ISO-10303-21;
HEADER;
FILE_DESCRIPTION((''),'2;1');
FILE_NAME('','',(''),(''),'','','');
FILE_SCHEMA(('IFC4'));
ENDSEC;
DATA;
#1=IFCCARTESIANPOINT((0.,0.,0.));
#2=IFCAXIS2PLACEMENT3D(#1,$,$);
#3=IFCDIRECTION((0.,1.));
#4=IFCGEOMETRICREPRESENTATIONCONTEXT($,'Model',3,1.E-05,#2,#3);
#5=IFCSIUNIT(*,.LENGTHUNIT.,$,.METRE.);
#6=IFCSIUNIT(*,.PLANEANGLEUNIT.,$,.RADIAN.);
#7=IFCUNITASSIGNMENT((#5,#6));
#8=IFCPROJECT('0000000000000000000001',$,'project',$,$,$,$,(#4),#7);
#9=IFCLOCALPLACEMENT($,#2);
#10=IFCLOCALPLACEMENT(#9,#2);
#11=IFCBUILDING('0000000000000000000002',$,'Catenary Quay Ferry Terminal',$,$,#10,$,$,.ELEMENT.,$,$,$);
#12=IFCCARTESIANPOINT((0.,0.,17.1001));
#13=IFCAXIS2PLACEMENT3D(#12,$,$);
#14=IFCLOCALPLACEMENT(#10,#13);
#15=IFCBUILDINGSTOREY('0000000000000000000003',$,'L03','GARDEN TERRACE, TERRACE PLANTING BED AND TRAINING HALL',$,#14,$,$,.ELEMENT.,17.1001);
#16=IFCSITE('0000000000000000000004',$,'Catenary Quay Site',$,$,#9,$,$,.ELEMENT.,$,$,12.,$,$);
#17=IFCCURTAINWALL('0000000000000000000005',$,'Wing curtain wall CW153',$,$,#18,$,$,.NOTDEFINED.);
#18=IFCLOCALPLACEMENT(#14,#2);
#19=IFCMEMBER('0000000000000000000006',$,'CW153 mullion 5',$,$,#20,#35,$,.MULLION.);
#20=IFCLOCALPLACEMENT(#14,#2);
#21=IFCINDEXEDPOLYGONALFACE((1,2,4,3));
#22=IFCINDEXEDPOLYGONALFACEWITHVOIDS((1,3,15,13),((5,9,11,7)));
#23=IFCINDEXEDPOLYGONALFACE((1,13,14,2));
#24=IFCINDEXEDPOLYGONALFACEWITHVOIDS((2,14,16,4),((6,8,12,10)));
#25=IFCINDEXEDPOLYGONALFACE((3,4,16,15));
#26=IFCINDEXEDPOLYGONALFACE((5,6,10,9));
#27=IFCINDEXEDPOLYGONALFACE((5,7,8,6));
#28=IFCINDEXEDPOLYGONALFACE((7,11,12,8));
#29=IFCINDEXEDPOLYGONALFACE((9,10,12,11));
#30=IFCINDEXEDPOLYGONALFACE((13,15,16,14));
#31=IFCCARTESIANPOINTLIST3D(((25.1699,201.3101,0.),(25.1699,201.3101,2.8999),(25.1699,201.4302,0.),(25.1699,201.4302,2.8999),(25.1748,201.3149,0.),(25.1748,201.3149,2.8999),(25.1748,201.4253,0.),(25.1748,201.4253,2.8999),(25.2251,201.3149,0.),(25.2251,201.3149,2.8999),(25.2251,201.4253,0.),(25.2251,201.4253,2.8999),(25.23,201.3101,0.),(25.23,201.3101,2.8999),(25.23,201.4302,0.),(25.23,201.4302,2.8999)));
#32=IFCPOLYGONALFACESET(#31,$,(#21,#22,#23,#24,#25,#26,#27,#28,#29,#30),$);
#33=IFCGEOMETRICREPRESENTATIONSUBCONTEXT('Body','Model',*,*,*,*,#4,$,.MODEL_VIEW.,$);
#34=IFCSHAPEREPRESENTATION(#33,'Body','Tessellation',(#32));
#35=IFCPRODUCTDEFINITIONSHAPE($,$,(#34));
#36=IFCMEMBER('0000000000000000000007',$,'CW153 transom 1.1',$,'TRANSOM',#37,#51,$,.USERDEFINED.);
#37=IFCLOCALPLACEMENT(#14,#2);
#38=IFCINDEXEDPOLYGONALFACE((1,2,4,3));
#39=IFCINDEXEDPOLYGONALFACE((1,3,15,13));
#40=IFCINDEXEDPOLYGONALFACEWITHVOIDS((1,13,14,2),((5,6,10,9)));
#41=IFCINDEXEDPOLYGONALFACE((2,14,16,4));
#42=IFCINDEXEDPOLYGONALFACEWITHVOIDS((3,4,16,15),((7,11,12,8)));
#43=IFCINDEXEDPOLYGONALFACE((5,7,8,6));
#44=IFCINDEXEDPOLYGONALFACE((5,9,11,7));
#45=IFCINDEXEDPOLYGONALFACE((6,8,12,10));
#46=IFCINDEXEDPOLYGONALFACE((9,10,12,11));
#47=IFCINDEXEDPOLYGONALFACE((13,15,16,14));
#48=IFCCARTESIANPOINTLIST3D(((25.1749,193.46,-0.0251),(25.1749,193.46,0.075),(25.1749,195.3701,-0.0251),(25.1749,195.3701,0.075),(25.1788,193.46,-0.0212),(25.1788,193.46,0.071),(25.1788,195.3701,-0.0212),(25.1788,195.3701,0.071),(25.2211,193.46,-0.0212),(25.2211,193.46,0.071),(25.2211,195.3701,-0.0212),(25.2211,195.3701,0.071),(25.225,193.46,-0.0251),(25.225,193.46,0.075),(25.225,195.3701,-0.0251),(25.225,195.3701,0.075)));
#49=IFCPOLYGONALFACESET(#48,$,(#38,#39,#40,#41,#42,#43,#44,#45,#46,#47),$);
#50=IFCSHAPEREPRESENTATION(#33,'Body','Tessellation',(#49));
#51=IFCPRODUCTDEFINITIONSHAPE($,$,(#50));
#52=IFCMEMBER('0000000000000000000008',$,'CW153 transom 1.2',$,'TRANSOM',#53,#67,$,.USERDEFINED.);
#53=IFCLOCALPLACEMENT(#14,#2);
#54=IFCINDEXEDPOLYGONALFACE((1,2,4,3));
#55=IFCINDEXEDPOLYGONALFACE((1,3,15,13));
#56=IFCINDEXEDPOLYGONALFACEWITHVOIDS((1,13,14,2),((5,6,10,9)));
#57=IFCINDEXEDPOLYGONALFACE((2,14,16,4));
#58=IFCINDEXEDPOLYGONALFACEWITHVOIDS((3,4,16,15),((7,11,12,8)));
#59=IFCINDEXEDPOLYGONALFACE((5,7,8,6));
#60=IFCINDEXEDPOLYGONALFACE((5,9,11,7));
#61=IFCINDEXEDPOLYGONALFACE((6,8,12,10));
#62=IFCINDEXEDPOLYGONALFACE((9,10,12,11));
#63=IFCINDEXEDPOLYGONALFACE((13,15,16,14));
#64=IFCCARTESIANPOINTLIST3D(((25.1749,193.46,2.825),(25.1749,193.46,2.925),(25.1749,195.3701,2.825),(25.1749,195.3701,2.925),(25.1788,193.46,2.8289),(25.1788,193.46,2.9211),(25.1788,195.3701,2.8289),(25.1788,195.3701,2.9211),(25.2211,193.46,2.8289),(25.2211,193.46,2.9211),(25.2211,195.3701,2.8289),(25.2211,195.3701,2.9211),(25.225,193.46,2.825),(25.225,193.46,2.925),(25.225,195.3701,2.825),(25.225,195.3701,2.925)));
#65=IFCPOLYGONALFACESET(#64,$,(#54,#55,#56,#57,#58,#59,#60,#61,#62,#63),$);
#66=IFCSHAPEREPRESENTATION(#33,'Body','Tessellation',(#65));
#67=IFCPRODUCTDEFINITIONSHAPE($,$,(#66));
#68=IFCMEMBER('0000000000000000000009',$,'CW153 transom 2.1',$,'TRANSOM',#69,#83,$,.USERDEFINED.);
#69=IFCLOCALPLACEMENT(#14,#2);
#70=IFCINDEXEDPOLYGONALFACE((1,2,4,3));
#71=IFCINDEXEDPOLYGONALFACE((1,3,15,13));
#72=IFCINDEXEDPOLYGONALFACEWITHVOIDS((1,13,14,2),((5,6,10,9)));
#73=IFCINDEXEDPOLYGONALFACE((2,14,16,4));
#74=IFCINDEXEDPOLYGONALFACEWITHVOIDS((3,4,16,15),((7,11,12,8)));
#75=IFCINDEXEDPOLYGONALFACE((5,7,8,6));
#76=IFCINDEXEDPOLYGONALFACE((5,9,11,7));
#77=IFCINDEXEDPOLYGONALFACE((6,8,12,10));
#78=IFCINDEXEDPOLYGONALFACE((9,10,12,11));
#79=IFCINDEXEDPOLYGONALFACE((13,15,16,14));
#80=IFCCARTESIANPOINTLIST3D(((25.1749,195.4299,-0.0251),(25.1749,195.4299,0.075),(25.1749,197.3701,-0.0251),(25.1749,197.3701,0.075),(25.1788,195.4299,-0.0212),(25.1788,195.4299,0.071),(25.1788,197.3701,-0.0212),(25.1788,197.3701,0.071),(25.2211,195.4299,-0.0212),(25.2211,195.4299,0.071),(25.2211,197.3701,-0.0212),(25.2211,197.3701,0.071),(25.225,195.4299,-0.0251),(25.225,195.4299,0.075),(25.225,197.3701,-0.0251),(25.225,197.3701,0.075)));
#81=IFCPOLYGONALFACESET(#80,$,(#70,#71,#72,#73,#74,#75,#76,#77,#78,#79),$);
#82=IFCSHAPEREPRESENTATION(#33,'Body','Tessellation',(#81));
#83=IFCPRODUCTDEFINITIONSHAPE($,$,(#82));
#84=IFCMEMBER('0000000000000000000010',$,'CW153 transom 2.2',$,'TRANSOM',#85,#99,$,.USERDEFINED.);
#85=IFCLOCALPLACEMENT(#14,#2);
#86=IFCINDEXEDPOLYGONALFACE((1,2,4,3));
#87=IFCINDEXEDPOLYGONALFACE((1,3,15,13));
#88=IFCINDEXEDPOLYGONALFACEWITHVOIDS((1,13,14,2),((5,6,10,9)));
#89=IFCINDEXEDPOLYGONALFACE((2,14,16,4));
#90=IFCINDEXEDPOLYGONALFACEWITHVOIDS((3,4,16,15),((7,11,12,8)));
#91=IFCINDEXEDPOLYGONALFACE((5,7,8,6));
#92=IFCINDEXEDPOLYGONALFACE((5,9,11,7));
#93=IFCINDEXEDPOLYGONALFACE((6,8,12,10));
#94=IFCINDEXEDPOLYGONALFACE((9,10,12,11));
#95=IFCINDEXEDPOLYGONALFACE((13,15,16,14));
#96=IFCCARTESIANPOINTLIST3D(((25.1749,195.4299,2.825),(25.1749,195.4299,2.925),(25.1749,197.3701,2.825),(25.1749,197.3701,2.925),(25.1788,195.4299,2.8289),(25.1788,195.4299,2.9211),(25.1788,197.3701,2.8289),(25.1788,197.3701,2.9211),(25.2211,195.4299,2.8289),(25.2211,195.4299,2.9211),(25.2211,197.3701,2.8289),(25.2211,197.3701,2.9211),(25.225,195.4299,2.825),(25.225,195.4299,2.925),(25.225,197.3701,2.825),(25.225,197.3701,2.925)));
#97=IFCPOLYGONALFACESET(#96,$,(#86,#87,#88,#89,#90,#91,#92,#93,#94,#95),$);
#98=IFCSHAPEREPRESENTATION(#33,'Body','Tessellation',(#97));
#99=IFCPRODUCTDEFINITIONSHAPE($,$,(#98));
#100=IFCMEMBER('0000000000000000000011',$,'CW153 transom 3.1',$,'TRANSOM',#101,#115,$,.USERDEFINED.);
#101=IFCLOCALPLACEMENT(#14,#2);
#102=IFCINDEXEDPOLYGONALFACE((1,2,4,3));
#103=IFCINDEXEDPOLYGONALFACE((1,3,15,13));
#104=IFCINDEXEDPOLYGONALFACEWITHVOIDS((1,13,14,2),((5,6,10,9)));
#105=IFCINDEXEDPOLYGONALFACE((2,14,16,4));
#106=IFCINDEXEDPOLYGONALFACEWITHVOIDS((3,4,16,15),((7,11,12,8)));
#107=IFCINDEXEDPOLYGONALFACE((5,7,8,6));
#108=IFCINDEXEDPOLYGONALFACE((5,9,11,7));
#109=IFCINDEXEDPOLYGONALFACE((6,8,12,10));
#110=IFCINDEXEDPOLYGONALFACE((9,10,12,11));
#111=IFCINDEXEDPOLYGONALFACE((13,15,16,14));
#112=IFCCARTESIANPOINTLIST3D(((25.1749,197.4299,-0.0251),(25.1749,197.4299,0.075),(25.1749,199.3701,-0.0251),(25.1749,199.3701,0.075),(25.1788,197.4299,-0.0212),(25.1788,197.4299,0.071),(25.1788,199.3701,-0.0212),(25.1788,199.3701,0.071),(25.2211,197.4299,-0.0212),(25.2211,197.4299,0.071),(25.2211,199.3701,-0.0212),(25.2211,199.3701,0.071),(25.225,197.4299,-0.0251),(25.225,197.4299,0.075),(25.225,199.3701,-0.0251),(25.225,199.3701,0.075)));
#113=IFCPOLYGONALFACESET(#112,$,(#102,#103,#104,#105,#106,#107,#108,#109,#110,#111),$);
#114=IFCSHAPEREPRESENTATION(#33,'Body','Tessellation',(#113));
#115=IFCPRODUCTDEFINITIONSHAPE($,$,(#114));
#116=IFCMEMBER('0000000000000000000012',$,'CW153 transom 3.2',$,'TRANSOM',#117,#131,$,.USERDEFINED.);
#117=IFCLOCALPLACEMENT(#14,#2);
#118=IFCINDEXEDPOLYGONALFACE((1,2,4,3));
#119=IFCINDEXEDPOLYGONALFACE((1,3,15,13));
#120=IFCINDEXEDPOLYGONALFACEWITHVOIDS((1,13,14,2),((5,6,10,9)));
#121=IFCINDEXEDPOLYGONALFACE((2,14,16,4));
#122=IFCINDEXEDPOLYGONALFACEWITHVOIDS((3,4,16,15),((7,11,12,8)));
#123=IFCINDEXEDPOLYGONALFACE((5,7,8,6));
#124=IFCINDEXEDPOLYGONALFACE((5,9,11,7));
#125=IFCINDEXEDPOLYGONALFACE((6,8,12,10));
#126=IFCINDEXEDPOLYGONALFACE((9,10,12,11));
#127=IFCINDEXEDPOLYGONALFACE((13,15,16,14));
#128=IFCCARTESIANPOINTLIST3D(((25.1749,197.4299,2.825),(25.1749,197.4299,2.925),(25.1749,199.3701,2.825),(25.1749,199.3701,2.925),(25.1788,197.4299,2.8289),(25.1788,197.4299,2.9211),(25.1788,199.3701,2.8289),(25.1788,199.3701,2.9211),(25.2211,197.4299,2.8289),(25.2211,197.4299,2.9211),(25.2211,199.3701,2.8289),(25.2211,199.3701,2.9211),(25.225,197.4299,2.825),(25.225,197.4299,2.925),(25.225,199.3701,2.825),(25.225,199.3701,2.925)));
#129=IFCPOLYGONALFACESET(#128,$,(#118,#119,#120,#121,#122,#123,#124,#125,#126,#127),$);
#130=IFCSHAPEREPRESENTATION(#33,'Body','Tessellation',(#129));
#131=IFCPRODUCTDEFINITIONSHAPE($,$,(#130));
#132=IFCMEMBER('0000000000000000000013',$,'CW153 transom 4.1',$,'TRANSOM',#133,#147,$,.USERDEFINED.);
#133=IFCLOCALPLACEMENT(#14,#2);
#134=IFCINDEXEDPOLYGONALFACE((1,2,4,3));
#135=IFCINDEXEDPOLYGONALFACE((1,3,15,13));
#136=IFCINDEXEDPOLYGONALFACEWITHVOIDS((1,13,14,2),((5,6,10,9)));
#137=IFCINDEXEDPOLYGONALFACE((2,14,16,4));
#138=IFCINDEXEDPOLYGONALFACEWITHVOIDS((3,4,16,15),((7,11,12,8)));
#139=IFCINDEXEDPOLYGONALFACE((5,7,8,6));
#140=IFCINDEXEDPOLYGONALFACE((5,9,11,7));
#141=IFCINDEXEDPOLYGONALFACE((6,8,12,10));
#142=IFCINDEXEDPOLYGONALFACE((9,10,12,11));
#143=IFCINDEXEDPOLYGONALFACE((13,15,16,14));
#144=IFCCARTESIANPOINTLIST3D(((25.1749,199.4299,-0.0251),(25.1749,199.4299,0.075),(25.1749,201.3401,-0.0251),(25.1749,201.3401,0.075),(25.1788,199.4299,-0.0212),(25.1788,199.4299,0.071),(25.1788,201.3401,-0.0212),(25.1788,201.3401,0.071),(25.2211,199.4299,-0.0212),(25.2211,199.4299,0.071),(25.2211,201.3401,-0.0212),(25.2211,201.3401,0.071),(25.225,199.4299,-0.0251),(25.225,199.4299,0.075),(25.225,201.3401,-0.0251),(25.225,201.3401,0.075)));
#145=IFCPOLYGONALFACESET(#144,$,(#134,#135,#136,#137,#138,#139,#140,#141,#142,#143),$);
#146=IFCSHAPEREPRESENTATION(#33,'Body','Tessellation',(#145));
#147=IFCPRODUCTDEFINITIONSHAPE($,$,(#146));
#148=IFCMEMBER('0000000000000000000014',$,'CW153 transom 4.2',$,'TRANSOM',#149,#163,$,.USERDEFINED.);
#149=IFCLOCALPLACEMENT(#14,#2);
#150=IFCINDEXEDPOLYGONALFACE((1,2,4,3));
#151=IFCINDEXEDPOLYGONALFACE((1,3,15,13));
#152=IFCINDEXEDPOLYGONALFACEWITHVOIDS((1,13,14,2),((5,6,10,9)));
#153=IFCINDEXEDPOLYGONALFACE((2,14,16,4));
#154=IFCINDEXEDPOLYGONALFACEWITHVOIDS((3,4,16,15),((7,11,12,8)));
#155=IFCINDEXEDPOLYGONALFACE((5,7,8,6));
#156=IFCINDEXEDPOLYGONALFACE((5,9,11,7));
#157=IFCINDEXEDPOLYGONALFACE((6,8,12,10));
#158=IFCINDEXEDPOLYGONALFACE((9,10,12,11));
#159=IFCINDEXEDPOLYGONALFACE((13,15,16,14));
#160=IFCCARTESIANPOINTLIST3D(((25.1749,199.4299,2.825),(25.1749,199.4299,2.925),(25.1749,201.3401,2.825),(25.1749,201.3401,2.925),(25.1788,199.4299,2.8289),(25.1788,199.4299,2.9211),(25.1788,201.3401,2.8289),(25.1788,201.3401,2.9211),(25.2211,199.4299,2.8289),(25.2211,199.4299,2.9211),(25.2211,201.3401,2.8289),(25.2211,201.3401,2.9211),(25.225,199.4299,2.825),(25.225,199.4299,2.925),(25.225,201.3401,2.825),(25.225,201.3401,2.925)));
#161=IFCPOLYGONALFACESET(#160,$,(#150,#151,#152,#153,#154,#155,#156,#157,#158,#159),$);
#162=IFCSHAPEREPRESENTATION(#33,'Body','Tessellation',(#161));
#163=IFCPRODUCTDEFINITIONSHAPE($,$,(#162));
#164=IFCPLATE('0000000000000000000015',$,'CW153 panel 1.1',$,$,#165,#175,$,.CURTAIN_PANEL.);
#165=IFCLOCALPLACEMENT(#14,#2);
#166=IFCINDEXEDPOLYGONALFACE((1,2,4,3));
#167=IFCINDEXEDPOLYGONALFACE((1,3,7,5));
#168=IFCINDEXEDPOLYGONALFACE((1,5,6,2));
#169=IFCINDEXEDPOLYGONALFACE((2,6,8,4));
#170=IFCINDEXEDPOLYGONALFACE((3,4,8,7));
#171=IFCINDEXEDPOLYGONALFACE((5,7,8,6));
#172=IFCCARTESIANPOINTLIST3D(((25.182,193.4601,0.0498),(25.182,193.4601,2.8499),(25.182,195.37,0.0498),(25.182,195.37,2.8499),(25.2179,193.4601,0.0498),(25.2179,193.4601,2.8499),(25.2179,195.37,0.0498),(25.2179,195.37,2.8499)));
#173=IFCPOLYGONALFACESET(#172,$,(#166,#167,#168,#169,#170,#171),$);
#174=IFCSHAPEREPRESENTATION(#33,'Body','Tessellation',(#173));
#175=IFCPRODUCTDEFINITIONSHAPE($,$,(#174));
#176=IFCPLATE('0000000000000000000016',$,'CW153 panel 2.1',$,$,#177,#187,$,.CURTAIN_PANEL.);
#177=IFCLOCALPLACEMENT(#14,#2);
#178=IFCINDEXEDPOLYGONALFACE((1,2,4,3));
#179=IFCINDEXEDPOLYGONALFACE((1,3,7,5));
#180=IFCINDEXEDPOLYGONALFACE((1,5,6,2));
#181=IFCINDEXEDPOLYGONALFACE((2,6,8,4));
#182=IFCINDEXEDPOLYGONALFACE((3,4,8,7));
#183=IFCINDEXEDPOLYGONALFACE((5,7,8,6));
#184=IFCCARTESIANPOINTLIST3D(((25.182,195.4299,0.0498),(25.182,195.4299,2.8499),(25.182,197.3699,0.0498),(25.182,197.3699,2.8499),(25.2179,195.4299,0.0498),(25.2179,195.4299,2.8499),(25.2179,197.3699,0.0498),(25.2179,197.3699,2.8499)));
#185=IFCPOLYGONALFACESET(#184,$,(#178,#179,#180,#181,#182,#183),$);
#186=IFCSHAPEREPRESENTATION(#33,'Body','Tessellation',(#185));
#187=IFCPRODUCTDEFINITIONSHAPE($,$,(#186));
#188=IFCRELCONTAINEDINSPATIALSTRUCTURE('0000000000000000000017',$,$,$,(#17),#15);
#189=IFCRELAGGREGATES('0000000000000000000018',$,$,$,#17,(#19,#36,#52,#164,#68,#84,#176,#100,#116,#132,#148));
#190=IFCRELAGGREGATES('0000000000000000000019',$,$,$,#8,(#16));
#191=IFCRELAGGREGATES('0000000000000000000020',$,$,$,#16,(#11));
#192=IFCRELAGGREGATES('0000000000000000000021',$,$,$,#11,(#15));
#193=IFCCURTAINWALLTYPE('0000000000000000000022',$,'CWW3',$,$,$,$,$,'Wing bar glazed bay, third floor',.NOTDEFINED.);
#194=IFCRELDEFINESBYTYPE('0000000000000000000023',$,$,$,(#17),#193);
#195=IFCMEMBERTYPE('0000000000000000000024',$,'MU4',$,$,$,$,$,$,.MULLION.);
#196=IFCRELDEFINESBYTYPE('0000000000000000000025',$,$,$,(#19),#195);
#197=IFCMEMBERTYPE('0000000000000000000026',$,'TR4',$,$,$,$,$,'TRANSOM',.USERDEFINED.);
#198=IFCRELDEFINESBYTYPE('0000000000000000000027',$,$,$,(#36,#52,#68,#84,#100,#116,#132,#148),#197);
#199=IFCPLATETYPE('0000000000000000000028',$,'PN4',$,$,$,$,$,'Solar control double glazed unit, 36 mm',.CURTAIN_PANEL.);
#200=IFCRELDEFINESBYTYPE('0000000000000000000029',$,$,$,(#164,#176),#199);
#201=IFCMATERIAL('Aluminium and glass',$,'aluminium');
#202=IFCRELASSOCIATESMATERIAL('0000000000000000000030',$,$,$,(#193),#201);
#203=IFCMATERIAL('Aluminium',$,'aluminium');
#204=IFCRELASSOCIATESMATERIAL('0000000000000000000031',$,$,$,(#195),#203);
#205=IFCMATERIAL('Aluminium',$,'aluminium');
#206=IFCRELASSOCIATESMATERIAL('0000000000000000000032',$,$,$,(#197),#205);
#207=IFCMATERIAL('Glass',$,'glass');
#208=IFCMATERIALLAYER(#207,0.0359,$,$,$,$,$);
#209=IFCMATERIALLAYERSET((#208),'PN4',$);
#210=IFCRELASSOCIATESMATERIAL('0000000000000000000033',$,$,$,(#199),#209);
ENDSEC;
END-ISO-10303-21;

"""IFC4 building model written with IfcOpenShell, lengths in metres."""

from ifc_helpers import new_model, si_unit, direction, frame, origin, origin_2d, place, context, subcontext, project, spatial, rectangle, hollow_rectangle, extrude, material, layer, layer_set, material_profile, profile_set, type_object, element, aggregate, save


model = new_model("IFC4")

# Units and contexts
model_context = context("Model", 3, precision=1e-05, world=origin(), true_north=direction((0.0, 1.0)))
body_context = subcontext(model_context, "Body", "Model", "MODEL_VIEW")
ifc_project = project(units=[si_unit("LENGTHUNIT", "METRE"), si_unit("PLANEANGLEUNIT", "RADIAN")], contexts=[model_context])

# Site, building, storey
site_placement = place(None, origin())
site = spatial("IfcSite", under=ifc_project, at=site_placement, Name="Catenary Quay Site", CompositionType="ELEMENT", RefElevation=12.0)
building_placement = place(site_placement, origin())
building = spatial("IfcBuilding", under=site, at=building_placement, Name="Catenary Quay Ferry Terminal", CompositionType="ELEMENT")
storey_placement = place(building_placement, frame((0.0, 0.0, 17.1001)))
storey = spatial("IfcBuildingStorey", under=building, at=storey_placement, Name="L03", Description="GARDEN TERRACE, TERRACE PLANTING BED AND TRAINING HALL", CompositionType="ELEMENT", Elevation=17.1001)

# Curtain wall, members, plates
ifc_material_1 = material(Name="Aluminium and glass", Category="aluminium")
curtain_wall_type = type_object("IfcCurtainWallType", Name="CWW3", ElementType="Wing bar glazed bay, third floor", PredefinedType="NOTDEFINED", material=ifc_material_1)
curtain_wall_placement = place(storey_placement, origin())
curtain_wall = element("IfcCurtainWall", 1, at=curtain_wall_placement, inside=storey, type_object=curtain_wall_type, Name="Wing curtain wall CW153", PredefinedType="NOTDEFINED")
ifc_material_2 = material(Name="Aluminium", Category="aluminium")
ifc_material_profile_1 = material_profile(ifc_material_2, hollow_rectangle(XDim=0.0601, YDim=0.1201, WallThickness=0.0049, at=origin_2d()), Name="MU4")
ifc_profile_set_1 = profile_set([ifc_material_profile_1], Name="Aluminium")
member_type_1 = type_object("IfcMemberType", Name="MU4", PredefinedType="MULLION", material=ifc_profile_set_1)
member_1_placement = place(storey_placement, frame((25.2, 201.3701, 0.0), z_axis=(0.0, 0.0, 1.0), x_axis=(-1.0, 0.0, 0.0)))
member_1 = element("IfcMember", 2, at=member_1_placement, type_object=member_type_1, Name="CW153 mullion 5", PredefinedType="MULLION", context=body_context, shape_type="SweptSolid", body=[
    extrude(hollow_rectangle(XDim=0.0601, YDim=0.1201, WallThickness=0.0049, at=origin_2d()), origin(), (0.0, 0.0, 1.0), 2.8999),
])
ifc_material_3 = material(Name="Aluminium", Category="aluminium")
ifc_material_profile_2 = material_profile(ifc_material_3, hollow_rectangle(XDim=0.05, YDim=0.1001, WallThickness=0.0039, at=origin_2d()), Name="TR4")
ifc_profile_set_2 = profile_set([ifc_material_profile_2], Name="Aluminium")
member_type_2 = type_object("IfcMemberType", Name="TR4", ElementType="TRANSOM", PredefinedType="USERDEFINED", material=ifc_profile_set_2)
member_2_placement = place(storey_placement, frame((25.2, 193.46, 0.0249), z_axis=(0.0, 1.0, 0.0), x_axis=(-1.0, 0.0, 0.0)))
member_2 = element("IfcMember", 3, at=member_2_placement, type_object=member_type_2, Name="CW153 transom 1.1", ObjectType="TRANSOM", PredefinedType="USERDEFINED", context=body_context, shape_type="SweptSolid", body=[
    extrude(hollow_rectangle(XDim=0.05, YDim=0.1001, WallThickness=0.0039, at=origin_2d()), origin(), (0.0, 0.0, 1.0), 1.9102),
])
member_3_placement = place(storey_placement, frame((25.2, 193.46, 2.875), z_axis=(0.0, 1.0, 0.0), x_axis=(-1.0, 0.0, 0.0)))
member_3 = element("IfcMember", 4, at=member_3_placement, type_object=member_type_2, Name="CW153 transom 1.2", ObjectType="TRANSOM", PredefinedType="USERDEFINED", context=body_context, shape_type="SweptSolid", body=[
    extrude(hollow_rectangle(XDim=0.05, YDim=0.1001, WallThickness=0.0039, at=origin_2d()), origin(), (0.0, 0.0, 1.0), 1.9102),
])
member_4_placement = place(storey_placement, frame((25.2, 195.4299, 0.0249), z_axis=(0.0, 1.0, 0.0), x_axis=(-1.0, 0.0, 0.0)))
member_4 = element("IfcMember", 5, at=member_4_placement, type_object=member_type_2, Name="CW153 transom 2.1", ObjectType="TRANSOM", PredefinedType="USERDEFINED", context=body_context, shape_type="SweptSolid", body=[
    extrude(hollow_rectangle(XDim=0.05, YDim=0.1001, WallThickness=0.0039, at=origin_2d()), origin(), (0.0, 0.0, 1.0), 1.9402),
])
member_5_placement = place(storey_placement, frame((25.2, 195.4299, 2.875), z_axis=(0.0, 1.0, 0.0), x_axis=(-1.0, 0.0, 0.0)))
member_5 = element("IfcMember", 6, at=member_5_placement, type_object=member_type_2, Name="CW153 transom 2.2", ObjectType="TRANSOM", PredefinedType="USERDEFINED", context=body_context, shape_type="SweptSolid", body=[
    extrude(hollow_rectangle(XDim=0.05, YDim=0.1001, WallThickness=0.0039, at=origin_2d()), origin(), (0.0, 0.0, 1.0), 1.9402),
])
member_6_placement = place(storey_placement, frame((25.2, 197.4299, 0.0249), z_axis=(0.0, 1.0, 0.0), x_axis=(-1.0, 0.0, 0.0)))
member_6 = element("IfcMember", 7, at=member_6_placement, type_object=member_type_2, Name="CW153 transom 3.1", ObjectType="TRANSOM", PredefinedType="USERDEFINED", context=body_context, shape_type="SweptSolid", body=[
    extrude(hollow_rectangle(XDim=0.05, YDim=0.1001, WallThickness=0.0039, at=origin_2d()), origin(), (0.0, 0.0, 1.0), 1.9402),
])
member_7_placement = place(storey_placement, frame((25.2, 197.4299, 2.875), z_axis=(0.0, 1.0, 0.0), x_axis=(-1.0, 0.0, 0.0)))
member_7 = element("IfcMember", 8, at=member_7_placement, type_object=member_type_2, Name="CW153 transom 3.2", ObjectType="TRANSOM", PredefinedType="USERDEFINED", context=body_context, shape_type="SweptSolid", body=[
    extrude(hollow_rectangle(XDim=0.05, YDim=0.1001, WallThickness=0.0039, at=origin_2d()), origin(), (0.0, 0.0, 1.0), 1.9402),
])
member_8_placement = place(storey_placement, frame((25.2, 199.4299, 0.0249), z_axis=(0.0, 1.0, 0.0), x_axis=(-1.0, 0.0, 0.0)))
member_8 = element("IfcMember", 9, at=member_8_placement, type_object=member_type_2, Name="CW153 transom 4.1", ObjectType="TRANSOM", PredefinedType="USERDEFINED", context=body_context, shape_type="SweptSolid", body=[
    extrude(hollow_rectangle(XDim=0.05, YDim=0.1001, WallThickness=0.0039, at=origin_2d()), origin(), (0.0, 0.0, 1.0), 1.9102),
])
member_9_placement = place(storey_placement, frame((25.2, 199.4299, 2.875), z_axis=(0.0, 1.0, 0.0), x_axis=(-1.0, 0.0, 0.0)))
member_9 = element("IfcMember", 10, at=member_9_placement, type_object=member_type_2, Name="CW153 transom 4.2", ObjectType="TRANSOM", PredefinedType="USERDEFINED", context=body_context, shape_type="SweptSolid", body=[
    extrude(hollow_rectangle(XDim=0.05, YDim=0.1001, WallThickness=0.0039, at=origin_2d()), origin(), (0.0, 0.0, 1.0), 1.9102),
])
ifc_material_4 = material(Name="Glass", Category="glass")
ifc_layer_1 = layer(ifc_material_4, 0.0359)
ifc_layer_set_1 = layer_set([ifc_layer_1], Name="PN4")
plate_type = type_object("IfcPlateType", Name="PN4", ElementType="Solar control double glazed unit, 36 mm", PredefinedType="CURTAIN_PANEL", material=ifc_layer_set_1)
plate_1_placement = place(storey_placement, frame((25.2, 194.415, 0.0498), z_axis=(0.0, 0.0, 1.0), x_axis=(0.0, 1.0, 0.0)))
plate_1 = element("IfcPlate", 11, at=plate_1_placement, type_object=plate_type, Name="CW153 panel 1.1", PredefinedType="CURTAIN_PANEL", context=body_context, shape_type="SweptSolid", body=[
    extrude(rectangle(XDim=1.9099, YDim=0.0359, at=origin_2d()), origin(), (0.0, 0.0, 1.0), 2.8),
])
plate_2_placement = place(storey_placement, frame((25.2, 196.3999, 0.0498), z_axis=(0.0, 0.0, 1.0), x_axis=(0.0, 1.0, 0.0)))
plate_2 = element("IfcPlate", 12, at=plate_2_placement, type_object=plate_type, Name="CW153 panel 2.1", PredefinedType="CURTAIN_PANEL", context=body_context, shape_type="SweptSolid", body=[
    extrude(rectangle(XDim=1.9399, YDim=0.0359, at=origin_2d()), origin(), (0.0, 0.0, 1.0), 2.8),
])
aggregate(curtain_wall, [member_1, member_2, member_3, plate_1, member_4, member_5, plate_2, member_6, member_7, member_8, member_9])

save(model, "model.ifc")
